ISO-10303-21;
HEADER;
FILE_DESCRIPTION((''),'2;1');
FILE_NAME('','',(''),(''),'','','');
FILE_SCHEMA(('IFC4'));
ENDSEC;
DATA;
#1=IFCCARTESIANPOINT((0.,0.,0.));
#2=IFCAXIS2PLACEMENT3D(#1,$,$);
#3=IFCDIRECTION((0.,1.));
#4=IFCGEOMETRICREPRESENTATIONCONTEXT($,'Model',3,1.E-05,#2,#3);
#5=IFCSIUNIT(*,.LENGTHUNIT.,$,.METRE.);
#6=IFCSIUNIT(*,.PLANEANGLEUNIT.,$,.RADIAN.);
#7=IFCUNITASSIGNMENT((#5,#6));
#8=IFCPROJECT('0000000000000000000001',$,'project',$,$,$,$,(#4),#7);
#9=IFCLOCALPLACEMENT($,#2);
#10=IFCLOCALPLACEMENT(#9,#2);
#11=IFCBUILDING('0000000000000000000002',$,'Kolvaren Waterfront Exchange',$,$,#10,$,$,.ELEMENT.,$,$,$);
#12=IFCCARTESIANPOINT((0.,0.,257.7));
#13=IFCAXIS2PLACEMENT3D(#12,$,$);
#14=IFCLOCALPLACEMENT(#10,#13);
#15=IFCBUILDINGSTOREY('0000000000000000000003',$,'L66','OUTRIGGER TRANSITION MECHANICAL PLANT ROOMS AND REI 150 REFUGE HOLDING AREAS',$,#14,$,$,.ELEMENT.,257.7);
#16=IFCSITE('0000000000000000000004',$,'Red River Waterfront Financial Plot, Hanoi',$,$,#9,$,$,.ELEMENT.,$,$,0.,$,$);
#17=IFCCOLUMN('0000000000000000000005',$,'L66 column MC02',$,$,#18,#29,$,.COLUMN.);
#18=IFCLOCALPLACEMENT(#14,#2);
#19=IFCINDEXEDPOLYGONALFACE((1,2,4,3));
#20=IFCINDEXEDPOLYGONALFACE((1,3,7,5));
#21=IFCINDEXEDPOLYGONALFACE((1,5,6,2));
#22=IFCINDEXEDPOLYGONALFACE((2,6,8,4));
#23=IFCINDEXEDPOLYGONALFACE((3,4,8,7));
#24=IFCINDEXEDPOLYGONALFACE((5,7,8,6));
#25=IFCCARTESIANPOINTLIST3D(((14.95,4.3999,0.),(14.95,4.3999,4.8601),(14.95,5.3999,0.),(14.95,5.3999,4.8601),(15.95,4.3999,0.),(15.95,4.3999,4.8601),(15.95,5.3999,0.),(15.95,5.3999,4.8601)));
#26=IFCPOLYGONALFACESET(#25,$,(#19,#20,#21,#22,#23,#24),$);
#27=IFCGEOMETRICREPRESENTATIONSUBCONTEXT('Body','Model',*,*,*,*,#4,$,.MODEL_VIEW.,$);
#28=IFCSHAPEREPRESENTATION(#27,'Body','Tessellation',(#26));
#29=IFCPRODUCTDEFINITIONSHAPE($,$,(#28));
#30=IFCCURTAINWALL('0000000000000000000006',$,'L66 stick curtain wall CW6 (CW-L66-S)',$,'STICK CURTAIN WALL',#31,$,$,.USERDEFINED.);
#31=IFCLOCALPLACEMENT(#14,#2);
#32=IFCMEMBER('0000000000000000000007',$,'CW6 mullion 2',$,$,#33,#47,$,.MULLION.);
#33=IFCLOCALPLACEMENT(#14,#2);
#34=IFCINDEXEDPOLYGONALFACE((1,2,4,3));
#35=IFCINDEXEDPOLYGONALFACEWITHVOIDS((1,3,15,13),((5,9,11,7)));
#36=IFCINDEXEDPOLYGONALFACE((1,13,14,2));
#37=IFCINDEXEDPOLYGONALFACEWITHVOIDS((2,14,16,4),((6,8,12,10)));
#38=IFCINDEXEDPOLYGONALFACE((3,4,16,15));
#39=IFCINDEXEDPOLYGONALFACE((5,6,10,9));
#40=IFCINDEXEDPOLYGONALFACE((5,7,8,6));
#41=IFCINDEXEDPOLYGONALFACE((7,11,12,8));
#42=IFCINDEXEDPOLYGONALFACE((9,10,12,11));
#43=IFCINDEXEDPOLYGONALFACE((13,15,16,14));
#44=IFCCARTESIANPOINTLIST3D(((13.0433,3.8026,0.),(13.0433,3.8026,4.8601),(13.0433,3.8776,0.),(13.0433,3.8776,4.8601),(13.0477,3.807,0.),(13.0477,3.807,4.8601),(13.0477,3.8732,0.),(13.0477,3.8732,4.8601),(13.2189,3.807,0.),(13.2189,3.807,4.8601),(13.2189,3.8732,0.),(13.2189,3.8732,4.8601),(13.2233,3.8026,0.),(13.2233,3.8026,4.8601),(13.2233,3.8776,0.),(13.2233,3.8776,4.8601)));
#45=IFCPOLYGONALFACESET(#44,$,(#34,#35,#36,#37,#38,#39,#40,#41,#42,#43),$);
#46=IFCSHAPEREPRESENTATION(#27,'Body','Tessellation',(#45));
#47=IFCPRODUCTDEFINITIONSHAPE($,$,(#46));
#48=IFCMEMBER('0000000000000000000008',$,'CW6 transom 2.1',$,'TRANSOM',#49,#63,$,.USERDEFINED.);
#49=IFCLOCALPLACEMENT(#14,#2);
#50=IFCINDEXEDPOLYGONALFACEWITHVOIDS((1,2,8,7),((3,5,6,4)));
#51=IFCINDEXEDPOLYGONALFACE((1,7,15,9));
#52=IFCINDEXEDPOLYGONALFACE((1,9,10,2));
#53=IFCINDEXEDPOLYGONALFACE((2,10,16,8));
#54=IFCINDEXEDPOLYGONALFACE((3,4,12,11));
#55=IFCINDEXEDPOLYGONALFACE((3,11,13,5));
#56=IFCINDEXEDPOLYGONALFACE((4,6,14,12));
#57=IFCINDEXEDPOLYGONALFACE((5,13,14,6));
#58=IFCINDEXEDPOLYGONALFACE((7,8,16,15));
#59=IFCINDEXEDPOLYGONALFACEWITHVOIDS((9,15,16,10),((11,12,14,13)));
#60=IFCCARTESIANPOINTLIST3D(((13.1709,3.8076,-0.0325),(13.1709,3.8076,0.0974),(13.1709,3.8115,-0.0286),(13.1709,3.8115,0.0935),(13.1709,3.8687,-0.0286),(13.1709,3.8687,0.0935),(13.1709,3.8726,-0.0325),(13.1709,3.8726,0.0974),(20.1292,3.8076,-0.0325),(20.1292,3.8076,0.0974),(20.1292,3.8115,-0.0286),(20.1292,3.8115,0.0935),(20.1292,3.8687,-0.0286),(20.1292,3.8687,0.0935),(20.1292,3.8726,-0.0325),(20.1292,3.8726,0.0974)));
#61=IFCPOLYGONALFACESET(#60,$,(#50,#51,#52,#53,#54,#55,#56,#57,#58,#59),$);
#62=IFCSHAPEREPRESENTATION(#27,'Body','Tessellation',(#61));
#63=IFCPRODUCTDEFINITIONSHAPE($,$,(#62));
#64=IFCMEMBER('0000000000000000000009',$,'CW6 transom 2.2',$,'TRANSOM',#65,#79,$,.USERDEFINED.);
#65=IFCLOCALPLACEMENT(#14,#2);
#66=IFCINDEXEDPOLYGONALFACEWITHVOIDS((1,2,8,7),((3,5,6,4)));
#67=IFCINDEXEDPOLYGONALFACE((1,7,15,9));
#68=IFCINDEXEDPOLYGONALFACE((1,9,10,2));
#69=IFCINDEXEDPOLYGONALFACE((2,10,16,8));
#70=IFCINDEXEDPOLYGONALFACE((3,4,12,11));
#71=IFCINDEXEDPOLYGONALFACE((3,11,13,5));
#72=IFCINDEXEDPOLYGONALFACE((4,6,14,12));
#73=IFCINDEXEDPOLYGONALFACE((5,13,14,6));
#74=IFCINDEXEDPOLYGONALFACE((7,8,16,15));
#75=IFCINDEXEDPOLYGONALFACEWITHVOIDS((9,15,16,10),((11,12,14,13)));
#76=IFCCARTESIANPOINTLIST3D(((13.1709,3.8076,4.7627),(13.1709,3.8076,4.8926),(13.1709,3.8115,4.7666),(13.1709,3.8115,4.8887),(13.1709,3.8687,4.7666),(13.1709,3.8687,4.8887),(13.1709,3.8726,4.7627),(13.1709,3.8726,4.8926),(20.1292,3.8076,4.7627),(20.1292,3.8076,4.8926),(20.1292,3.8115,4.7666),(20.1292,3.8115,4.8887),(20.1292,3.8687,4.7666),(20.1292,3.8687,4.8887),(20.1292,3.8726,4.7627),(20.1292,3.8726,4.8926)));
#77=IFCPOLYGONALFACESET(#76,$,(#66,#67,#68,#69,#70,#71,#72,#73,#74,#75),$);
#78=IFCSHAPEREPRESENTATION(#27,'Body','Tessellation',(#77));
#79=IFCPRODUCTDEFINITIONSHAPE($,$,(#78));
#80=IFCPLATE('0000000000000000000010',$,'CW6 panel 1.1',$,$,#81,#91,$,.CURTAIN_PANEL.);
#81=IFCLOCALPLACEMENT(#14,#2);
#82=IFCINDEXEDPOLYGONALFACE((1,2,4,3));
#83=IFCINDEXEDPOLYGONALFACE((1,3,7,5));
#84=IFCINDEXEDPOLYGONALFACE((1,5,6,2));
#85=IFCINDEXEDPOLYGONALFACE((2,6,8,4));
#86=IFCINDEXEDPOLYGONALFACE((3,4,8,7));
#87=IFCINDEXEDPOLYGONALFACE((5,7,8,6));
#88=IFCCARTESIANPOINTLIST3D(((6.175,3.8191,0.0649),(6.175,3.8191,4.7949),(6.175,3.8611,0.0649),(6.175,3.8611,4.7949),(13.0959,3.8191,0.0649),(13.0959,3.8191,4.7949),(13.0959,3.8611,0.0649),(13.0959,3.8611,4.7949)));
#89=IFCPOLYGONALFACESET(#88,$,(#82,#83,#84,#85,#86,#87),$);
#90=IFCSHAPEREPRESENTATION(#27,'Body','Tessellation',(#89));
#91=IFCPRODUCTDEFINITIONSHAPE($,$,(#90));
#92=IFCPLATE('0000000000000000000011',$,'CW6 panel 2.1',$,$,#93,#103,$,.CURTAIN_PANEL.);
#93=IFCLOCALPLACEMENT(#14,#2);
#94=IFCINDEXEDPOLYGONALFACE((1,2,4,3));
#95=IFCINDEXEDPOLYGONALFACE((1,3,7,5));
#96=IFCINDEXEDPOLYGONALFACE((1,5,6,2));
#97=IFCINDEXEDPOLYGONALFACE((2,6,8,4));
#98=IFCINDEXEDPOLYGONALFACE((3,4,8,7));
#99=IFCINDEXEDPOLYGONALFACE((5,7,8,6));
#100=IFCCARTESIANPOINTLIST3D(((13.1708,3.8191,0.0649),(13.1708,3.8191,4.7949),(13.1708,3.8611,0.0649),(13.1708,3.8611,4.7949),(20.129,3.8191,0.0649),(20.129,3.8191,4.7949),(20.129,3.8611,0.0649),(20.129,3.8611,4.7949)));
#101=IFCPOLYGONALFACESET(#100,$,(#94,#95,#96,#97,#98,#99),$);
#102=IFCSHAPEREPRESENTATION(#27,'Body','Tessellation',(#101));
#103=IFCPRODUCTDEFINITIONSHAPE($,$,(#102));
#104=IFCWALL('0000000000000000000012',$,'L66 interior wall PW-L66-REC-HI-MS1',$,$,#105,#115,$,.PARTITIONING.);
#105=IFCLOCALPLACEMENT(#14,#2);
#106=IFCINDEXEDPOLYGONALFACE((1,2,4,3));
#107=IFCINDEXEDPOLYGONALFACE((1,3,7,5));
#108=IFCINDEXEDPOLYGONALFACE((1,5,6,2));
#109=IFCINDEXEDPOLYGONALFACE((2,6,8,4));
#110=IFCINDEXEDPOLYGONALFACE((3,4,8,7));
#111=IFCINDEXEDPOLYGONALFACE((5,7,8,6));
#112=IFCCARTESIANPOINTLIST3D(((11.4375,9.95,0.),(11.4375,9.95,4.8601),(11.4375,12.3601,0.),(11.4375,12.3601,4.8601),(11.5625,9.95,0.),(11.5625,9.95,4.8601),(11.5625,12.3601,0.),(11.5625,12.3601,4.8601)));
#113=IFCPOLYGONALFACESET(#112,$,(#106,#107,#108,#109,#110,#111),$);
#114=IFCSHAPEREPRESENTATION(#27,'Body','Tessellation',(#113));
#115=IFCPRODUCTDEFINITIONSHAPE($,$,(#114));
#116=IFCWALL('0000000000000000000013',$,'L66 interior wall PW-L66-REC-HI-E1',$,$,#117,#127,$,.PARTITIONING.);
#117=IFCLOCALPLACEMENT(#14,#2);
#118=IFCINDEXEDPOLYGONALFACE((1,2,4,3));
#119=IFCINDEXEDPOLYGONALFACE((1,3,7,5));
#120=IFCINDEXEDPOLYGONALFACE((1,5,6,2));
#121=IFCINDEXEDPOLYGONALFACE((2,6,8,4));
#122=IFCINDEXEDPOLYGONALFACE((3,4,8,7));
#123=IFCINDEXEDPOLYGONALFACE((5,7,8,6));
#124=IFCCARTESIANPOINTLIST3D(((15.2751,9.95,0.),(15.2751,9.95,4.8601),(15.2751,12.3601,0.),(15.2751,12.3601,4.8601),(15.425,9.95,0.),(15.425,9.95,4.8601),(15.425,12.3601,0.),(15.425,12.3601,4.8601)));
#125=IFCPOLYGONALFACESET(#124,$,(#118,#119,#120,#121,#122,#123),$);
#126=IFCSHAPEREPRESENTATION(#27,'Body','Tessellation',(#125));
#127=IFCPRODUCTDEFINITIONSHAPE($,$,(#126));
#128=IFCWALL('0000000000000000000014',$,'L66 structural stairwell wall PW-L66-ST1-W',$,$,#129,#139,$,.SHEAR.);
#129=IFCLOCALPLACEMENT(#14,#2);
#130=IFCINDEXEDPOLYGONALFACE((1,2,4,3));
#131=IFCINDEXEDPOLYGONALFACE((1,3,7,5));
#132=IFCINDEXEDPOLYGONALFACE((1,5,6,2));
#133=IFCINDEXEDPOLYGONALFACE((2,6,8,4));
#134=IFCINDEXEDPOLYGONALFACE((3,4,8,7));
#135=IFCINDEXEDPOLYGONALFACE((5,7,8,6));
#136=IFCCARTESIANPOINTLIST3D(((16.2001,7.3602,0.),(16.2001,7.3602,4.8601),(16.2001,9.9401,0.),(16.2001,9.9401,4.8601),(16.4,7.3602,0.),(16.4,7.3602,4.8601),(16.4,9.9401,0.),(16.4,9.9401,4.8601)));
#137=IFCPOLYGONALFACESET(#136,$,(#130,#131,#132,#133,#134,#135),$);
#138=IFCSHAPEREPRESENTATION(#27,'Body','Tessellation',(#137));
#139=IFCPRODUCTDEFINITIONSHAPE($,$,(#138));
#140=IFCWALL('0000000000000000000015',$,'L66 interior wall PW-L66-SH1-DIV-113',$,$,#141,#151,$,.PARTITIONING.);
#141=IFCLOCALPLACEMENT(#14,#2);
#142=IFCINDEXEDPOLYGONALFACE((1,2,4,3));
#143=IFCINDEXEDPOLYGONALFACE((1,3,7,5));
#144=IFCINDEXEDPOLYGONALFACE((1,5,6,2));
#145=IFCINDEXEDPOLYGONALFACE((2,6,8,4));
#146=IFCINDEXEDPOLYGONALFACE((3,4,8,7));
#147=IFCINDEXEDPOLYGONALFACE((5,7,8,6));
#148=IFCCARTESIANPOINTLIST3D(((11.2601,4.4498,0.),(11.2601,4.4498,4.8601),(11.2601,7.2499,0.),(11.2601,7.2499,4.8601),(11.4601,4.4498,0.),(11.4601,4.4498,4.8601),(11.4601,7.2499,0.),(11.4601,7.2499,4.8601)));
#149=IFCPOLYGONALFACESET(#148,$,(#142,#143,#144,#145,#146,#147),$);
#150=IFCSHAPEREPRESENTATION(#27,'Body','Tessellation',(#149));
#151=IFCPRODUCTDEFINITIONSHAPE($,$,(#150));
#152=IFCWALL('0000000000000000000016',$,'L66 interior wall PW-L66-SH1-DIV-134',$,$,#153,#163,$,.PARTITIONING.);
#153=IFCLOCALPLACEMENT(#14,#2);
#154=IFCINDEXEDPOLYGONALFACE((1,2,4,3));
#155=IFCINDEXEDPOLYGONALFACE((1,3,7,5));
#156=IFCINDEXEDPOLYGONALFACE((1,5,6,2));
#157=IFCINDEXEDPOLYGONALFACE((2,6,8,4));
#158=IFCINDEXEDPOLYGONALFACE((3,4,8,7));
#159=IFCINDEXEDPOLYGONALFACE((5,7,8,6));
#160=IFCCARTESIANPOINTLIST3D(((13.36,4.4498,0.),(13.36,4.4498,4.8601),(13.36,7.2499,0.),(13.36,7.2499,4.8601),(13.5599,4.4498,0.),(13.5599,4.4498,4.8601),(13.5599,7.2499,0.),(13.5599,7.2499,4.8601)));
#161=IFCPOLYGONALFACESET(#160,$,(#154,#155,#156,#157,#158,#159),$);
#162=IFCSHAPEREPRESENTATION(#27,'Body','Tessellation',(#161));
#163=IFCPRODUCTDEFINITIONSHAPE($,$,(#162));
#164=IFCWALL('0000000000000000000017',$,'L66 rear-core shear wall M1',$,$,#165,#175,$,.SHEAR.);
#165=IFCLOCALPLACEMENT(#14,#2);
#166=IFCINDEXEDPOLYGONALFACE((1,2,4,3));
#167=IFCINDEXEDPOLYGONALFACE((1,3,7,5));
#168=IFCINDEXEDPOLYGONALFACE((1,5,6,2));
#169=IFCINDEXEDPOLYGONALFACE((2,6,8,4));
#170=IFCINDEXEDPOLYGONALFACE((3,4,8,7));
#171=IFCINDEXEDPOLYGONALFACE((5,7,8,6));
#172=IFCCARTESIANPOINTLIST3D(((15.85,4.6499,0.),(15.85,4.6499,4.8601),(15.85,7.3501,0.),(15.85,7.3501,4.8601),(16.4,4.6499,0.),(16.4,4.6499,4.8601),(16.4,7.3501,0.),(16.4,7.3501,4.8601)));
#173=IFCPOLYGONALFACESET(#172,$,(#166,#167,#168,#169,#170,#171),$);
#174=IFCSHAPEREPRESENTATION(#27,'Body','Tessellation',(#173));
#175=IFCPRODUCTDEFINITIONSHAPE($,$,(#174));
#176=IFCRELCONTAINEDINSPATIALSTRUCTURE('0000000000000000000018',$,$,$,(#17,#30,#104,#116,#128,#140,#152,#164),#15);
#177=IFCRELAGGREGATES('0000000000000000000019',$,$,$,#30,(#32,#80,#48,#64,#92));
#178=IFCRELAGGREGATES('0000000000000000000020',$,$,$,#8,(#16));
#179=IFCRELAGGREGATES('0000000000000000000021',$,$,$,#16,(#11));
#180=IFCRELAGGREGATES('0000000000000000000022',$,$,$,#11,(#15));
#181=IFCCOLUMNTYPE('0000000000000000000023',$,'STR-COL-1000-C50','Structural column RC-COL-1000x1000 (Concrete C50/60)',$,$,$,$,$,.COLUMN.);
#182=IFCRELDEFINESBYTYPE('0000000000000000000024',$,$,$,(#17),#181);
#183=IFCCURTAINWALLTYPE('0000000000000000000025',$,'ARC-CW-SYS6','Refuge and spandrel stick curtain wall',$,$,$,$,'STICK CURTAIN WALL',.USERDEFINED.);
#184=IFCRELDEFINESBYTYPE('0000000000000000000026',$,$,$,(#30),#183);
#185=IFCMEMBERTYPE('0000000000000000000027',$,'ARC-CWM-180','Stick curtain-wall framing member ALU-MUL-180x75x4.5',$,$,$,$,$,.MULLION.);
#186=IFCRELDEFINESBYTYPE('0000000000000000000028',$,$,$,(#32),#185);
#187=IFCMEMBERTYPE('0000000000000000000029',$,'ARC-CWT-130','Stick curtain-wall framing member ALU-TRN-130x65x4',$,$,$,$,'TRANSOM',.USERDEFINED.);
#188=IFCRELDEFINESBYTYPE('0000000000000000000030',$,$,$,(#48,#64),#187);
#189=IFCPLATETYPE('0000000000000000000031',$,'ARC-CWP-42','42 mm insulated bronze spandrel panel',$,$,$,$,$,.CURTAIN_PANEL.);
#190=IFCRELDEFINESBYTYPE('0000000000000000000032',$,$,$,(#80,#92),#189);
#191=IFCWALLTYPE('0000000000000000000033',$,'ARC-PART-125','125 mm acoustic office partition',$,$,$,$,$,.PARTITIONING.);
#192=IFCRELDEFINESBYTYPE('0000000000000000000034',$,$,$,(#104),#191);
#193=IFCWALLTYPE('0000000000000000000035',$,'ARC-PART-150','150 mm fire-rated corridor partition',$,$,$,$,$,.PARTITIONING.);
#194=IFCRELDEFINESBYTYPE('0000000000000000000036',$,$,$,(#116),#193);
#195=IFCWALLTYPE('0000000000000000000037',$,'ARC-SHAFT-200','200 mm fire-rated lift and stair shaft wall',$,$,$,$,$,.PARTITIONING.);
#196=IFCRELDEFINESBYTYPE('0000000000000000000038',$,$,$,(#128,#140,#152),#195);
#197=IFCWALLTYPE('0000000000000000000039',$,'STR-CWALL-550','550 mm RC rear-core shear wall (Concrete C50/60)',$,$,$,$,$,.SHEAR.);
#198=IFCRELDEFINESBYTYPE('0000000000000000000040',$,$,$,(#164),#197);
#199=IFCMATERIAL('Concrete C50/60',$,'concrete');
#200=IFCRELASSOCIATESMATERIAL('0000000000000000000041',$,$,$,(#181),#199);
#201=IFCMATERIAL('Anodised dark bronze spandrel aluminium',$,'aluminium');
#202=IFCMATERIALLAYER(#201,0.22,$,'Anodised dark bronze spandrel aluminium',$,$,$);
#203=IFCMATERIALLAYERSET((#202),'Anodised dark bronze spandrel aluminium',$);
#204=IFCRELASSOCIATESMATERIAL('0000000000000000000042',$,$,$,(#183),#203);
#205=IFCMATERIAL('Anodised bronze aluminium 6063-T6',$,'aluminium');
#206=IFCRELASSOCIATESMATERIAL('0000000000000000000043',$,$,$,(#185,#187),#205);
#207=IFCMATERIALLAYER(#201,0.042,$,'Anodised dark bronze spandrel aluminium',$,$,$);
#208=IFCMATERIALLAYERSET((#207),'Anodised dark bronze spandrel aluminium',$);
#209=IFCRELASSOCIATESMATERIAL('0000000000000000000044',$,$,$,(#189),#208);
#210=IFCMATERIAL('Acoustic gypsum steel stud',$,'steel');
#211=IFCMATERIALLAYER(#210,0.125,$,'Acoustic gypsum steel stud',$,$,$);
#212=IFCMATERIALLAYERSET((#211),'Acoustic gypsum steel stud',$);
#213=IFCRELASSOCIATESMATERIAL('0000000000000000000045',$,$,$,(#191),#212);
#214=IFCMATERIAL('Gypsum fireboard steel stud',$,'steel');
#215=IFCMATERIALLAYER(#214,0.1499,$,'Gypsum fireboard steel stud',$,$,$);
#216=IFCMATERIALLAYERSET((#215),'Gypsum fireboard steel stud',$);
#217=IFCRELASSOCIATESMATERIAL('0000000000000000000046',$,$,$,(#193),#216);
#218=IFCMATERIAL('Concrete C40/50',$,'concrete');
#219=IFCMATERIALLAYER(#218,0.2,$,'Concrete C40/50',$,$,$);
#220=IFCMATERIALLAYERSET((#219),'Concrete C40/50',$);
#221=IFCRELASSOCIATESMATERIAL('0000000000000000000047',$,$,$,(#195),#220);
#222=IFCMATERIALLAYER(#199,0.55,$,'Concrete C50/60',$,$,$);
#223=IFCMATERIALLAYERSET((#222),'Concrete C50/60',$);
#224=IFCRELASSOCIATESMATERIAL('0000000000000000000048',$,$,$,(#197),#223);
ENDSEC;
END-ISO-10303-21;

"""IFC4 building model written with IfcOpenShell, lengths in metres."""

from ifc_helpers import new_model, si_unit, direction, frame, frame_2d, origin, origin_with_axes, origin_2d, place, context, subcontext, project, spatial, rectangle, hollow_rectangle, extrude, source, transform, mapped, material, layer, layer_set, material_profile, profile_set, type_object, element, aggregate, save


model = new_model("IFC4")

# Units and contexts
model_context = context("Model", 3, precision=1e-05, world=origin(), true_north=direction((0.0, 1.0)))
body_context = subcontext(model_context, "Body", "Model", "MODEL_VIEW")
ifc_project = project(units=[si_unit("LENGTHUNIT", "METRE"), si_unit("PLANEANGLEUNIT", "RADIAN")], contexts=[model_context])

# Site, building, storey
site_placement = place(None, origin())
site = spatial("IfcSite", under=ifc_project, at=site_placement, Name="Red River Waterfront Financial Plot, Hanoi", CompositionType="ELEMENT", RefElevation=0.0)
building_placement = place(site_placement, origin())
building = spatial("IfcBuilding", under=site, at=building_placement, Name="Kolvaren Waterfront Exchange", CompositionType="ELEMENT")
storey_placement = place(building_placement, frame((0.0, 0.0, 257.7)))
storey = spatial("IfcBuildingStorey", under=building, at=storey_placement, Name="L66", Description="OUTRIGGER TRANSITION MECHANICAL PLANT ROOMS AND REI 150 REFUGE HOLDING AREAS", CompositionType="ELEMENT", Elevation=257.7)

# Column
ifc_material_1 = material(Name="Concrete C50/60", Category="concrete")
ifc_material_profile_1 = material_profile(ifc_material_1, rectangle(XDim=1.0, YDim=1.0, at=origin_2d()), Name="RC-COL-1000x1000")
ifc_profile_set_1 = profile_set([ifc_material_profile_1], Name="Concrete C50/60")
column_type = type_object("IfcColumnType", Name="STR-COL-1000-C50", Description="Structural column RC-COL-1000x1000 (Concrete C50/60)", PredefinedType="COLUMN", material=ifc_profile_set_1)
column_placement = place(storey_placement, frame((15.45, 4.8999, 0.0), z_axis=(0.0, 0.0, 1.0), x_axis=(1.0, 0.0, 0.0)))
element("IfcColumn", 1, at=column_placement, inside=storey, type_object=column_type, Name="L66 column MC02", PredefinedType="COLUMN", context=body_context, shape_type="SweptSolid", body=[
    extrude(rectangle(XDim=1.0, YDim=1.0, at=origin_2d()), origin(), (0.0, 0.0, 1.0), 4.8601),
])

# Curtain wall, members, plates
ifc_material_2 = material(Name="Anodised dark bronze spandrel aluminium", Category="aluminium")
ifc_layer_1 = layer(ifc_material_2, 0.22, Name="Anodised dark bronze spandrel aluminium")
ifc_layer_set_1 = layer_set([ifc_layer_1], Name="Anodised dark bronze spandrel aluminium")
curtain_wall_type = type_object("IfcCurtainWallType", Name="ARC-CW-SYS6", Description="Refuge and spandrel stick curtain wall", ElementType="STICK CURTAIN WALL", PredefinedType="USERDEFINED", material=ifc_layer_set_1)
curtain_wall_placement = place(storey_placement, origin())
curtain_wall = element("IfcCurtainWall", 2, at=curtain_wall_placement, inside=storey, type_object=curtain_wall_type, Name="L66 stick curtain wall CW6 (CW-L66-S)", ObjectType="STICK CURTAIN WALL", PredefinedType="USERDEFINED")
ifc_material_3 = material(Name="Anodised bronze aluminium 6063-T6", Category="aluminium")
ifc_material_profile_2 = material_profile(ifc_material_3, hollow_rectangle(XDim=0.075, YDim=0.1799, WallThickness=0.0044, at=origin_2d()), Name="ALU-MUL-180x75x4.5")
ifc_profile_set_2 = profile_set([ifc_material_profile_2], Name="Anodised bronze aluminium 6063-T6")
member_type_1 = type_object("IfcMemberType", Name="ARC-CWM-180", Description="Stick curtain-wall framing member ALU-MUL-180x75x4.5", PredefinedType="MULLION", material=ifc_profile_set_2)
shared_shape_1 = source(origin_with_axes(), body_context, "Body", "SweptSolid", [
    extrude(hollow_rectangle(XDim=0.075, YDim=0.1799, WallThickness=0.0044, at=origin_2d()), origin(), (0.0, 0.0, 1.0), 4.8601),
])
member_1_placement = place(storey_placement, frame((13.1333, 3.8401, 0.0), z_axis=(0.0, 0.0, 1.0), x_axis=(0.0, 1.0, 0.0)))
member_1 = element("IfcMember", 3, at=member_1_placement, type_object=member_type_1, Name="CW6 mullion 2", PredefinedType="MULLION", context=body_context, shape_type="MappedRepresentation", body=[
    mapped(shared_shape_1, transform((0.0, 0.0, 0.0), x_axis=(1.0, 0.0, 0.0), y_axis=(0.0, 1.0, 0.0), z_axis=(0.0, 0.0, 1.0), scale=1.0)),
])
ifc_material_profile_3 = material_profile(ifc_material_3, hollow_rectangle(XDim=0.0649, YDim=0.1299, WallThickness=0.0039, at=origin_2d()), Name="ALU-TRN-130x65x4")
ifc_profile_set_3 = profile_set([ifc_material_profile_3], Name="Anodised bronze aluminium 6063-T6")
member_type_2 = type_object("IfcMemberType", Name="ARC-CWT-130", Description="Stick curtain-wall framing member ALU-TRN-130x65x4", ElementType="TRANSOM", PredefinedType="USERDEFINED", material=ifc_profile_set_3)
shared_shape_2 = source(origin_with_axes(), body_context, "Body", "SweptSolid", [
    extrude(hollow_rectangle(XDim=0.0649, YDim=0.1299, WallThickness=0.0039, at=origin_2d()), origin(), (0.0, 0.0, 1.0), 6.9583),
])
member_2_placement = place(storey_placement, frame((13.1709, 3.8401, 0.0325), z_axis=(1.0, 0.0, 0.0), x_axis=(0.0, 1.0, 0.0)))
member_2 = element("IfcMember", 4, at=member_2_placement, type_object=member_type_2, Name="CW6 transom 2.1", ObjectType="TRANSOM", PredefinedType="USERDEFINED", context=body_context, shape_type="MappedRepresentation", body=[
    mapped(shared_shape_2, transform((0.0, 0.0, 0.0), x_axis=(1.0, 0.0, 0.0), y_axis=(0.0, 1.0, 0.0), z_axis=(0.0, 0.0, 1.0), scale=1.0)),
])
member_3_placement = place(storey_placement, frame((13.1709, 3.8401, 4.8276), z_axis=(1.0, 0.0, 0.0), x_axis=(0.0, 1.0, 0.0)))
member_3 = element("IfcMember", 5, at=member_3_placement, type_object=member_type_2, Name="CW6 transom 2.2", ObjectType="TRANSOM", PredefinedType="USERDEFINED", context=body_context, shape_type="MappedRepresentation", body=[
    mapped(shared_shape_2, transform((0.0, 0.0, 0.0), x_axis=(1.0, 0.0, 0.0), y_axis=(0.0, 1.0, 0.0), z_axis=(0.0, 0.0, 1.0), scale=1.0)),
])
ifc_layer_2 = layer(ifc_material_2, 0.042, Name="Anodised dark bronze spandrel aluminium")
ifc_layer_set_2 = layer_set([ifc_layer_2], Name="Anodised dark bronze spandrel aluminium")
plate_type = type_object("IfcPlateType", Name="ARC-CWP-42", Description="42 mm insulated bronze spandrel panel", PredefinedType="CURTAIN_PANEL", material=ifc_layer_set_2)
shared_shape_3 = source(origin_with_axes(), body_context, "Body", "SweptSolid", [
    extrude(rectangle(XDim=6.9209, YDim=0.042, at=origin_2d()), origin(), (0.0, 0.0, 1.0), 4.73),
])
plate_1_placement = place(storey_placement, frame((9.6355, 3.8401, 0.0649), z_axis=(0.0, 0.0, 1.0), x_axis=(1.0, 0.0, 0.0)))
plate_1 = element("IfcPlate", 6, at=plate_1_placement, type_object=plate_type, Name="CW6 panel 1.1", PredefinedType="CURTAIN_PANEL", context=body_context, shape_type="MappedRepresentation", body=[
    mapped(shared_shape_3, transform((0.0, 0.0, 0.0), x_axis=(1.0, 0.0, 0.0), y_axis=(0.0, 1.0, 0.0), z_axis=(0.0, 0.0, 1.0), scale=1.0)),
])
shared_shape_4 = source(origin_with_axes(), body_context, "Body", "SweptSolid", [
    extrude(rectangle(XDim=6.9583, YDim=0.042, at=origin_2d()), origin(), (0.0, 0.0, 1.0), 4.73),
])
plate_2_placement = place(storey_placement, frame((16.6499, 3.8401, 0.0649), z_axis=(0.0, 0.0, 1.0), x_axis=(1.0, 0.0, 0.0)))
plate_2 = element("IfcPlate", 7, at=plate_2_placement, type_object=plate_type, Name="CW6 panel 2.1", PredefinedType="CURTAIN_PANEL", context=body_context, shape_type="MappedRepresentation", body=[
    mapped(shared_shape_4, transform((0.0, 0.0, 0.0), x_axis=(1.0, 0.0, 0.0), y_axis=(0.0, 1.0, 0.0), z_axis=(0.0, 0.0, 1.0), scale=1.0)),
])
aggregate(curtain_wall, [member_1, plate_1, member_2, member_3, plate_2])

# Walls
ifc_material_4 = material(Name="Acoustic gypsum steel stud", Category="steel")
ifc_layer_3 = layer(ifc_material_4, 0.125, Name="Acoustic gypsum steel stud")
ifc_layer_set_3 = layer_set([ifc_layer_3], Name="Acoustic gypsum steel stud")
wall_type_1 = type_object("IfcWallType", Name="ARC-PART-125", Description="125 mm acoustic office partition", PredefinedType="PARTITIONING", material=ifc_layer_set_3)
wall_1_placement = place(storey_placement, frame((11.5, 9.95, 0.0), z_axis=(0.0, 0.0, 1.0), x_axis=(0.0, 1.0, 0.0)))
element("IfcWall", 8, at=wall_1_placement, inside=storey, type_object=wall_type_1, Name="L66 interior wall PW-L66-REC-HI-MS1", PredefinedType="PARTITIONING", context=body_context, shape_type="SweptSolid", body=[
    extrude(rectangle(XDim=2.4102, YDim=0.125, at=frame_2d((1.2051, 0.0))), origin(), (0.0, 0.0, 1.0), 4.8601),
])
ifc_material_5 = material(Name="Gypsum fireboard steel stud", Category="steel")
ifc_layer_4 = layer(ifc_material_5, 0.1499, Name="Gypsum fireboard steel stud")
ifc_layer_set_4 = layer_set([ifc_layer_4], Name="Gypsum fireboard steel stud")
wall_type_2 = type_object("IfcWallType", Name="ARC-PART-150", Description="150 mm fire-rated corridor partition", PredefinedType="PARTITIONING", material=ifc_layer_set_4)
wall_2_placement = place(storey_placement, frame((15.3501, 9.95, 0.0), z_axis=(0.0, 0.0, 1.0), x_axis=(0.0, 1.0, 0.0)))
element("IfcWall", 9, at=wall_2_placement, inside=storey, type_object=wall_type_2, Name="L66 interior wall PW-L66-REC-HI-E1", PredefinedType="PARTITIONING", context=body_context, shape_type="SweptSolid", body=[
    extrude(rectangle(XDim=2.4102, YDim=0.1499, at=frame_2d((1.2051, 0.0))), origin(), (0.0, 0.0, 1.0), 4.8601),
])
ifc_material_6 = material(Name="Concrete C40/50", Category="concrete")
ifc_layer_5 = layer(ifc_material_6, 0.2, Name="Concrete C40/50")
ifc_layer_set_5 = layer_set([ifc_layer_5], Name="Concrete C40/50")
wall_type_3 = type_object("IfcWallType", Name="ARC-SHAFT-200", Description="200 mm fire-rated lift and stair shaft wall", PredefinedType="PARTITIONING", material=ifc_layer_set_5)
wall_3_placement = place(storey_placement, frame((16.3, 7.3601, 0.0), z_axis=(0.0, 0.0, 1.0), x_axis=(0.0, 1.0, 0.0)))
element("IfcWall", 10, at=wall_3_placement, inside=storey, type_object=wall_type_3, Name="L66 structural stairwell wall PW-L66-ST1-W", PredefinedType="SHEAR", context=body_context, shape_type="SweptSolid", body=[
    extrude(rectangle(XDim=2.5798, YDim=0.2, at=frame_2d((1.29, 0.0))), origin(), (0.0, 0.0, 1.0), 4.8601),
])
for number, where, z_axis, x_axis, name in (
    (11, (11.3601, 4.45, 0.0), (0.0, 0.0, 1.0), (0.0, 1.0, 0.0), "L66 interior wall PW-L66-SH1-DIV-113"),
    (12, (13.46, 4.45, 0.0), (0.0, 0.0, 1.0), (0.0, 1.0, 0.0), "L66 interior wall PW-L66-SH1-DIV-134"),
):
    element("IfcWall", number, at=place(storey_placement, frame(where, z_axis=z_axis, x_axis=x_axis)), inside=storey, type_object=wall_type_3, Name=name, PredefinedType="PARTITIONING", context=body_context, shape_type="SweptSolid", body=[
        extrude(rectangle(XDim=2.8, YDim=0.2, at=frame_2d((1.3999, 0.0))), origin(), (0.0, 0.0, 1.0), 4.8601),
    ])
ifc_layer_6 = layer(ifc_material_1, 0.55, Name="Concrete C50/60")
ifc_layer_set_6 = layer_set([ifc_layer_6], Name="Concrete C50/60")
wall_type_4 = type_object("IfcWallType", Name="STR-CWALL-550", Description="550 mm RC rear-core shear wall (Concrete C50/60)", PredefinedType="SHEAR", material=ifc_layer_set_6)
wall_4_placement = place(storey_placement, frame((16.125, 4.6499, 0.0), z_axis=(0.0, 0.0, 1.0), x_axis=(0.0, 1.0, 0.0)))
element("IfcWall", 13, at=wall_4_placement, inside=storey, type_object=wall_type_4, Name="L66 rear-core shear wall M1", PredefinedType="SHEAR", context=body_context, shape_type="SweptSolid", body=[
    extrude(rectangle(XDim=2.7002, YDim=0.55, at=frame_2d((1.3501, 0.0))), origin(), (0.0, 0.0, 1.0), 4.8601),
])

save(model, "model.ifc")
